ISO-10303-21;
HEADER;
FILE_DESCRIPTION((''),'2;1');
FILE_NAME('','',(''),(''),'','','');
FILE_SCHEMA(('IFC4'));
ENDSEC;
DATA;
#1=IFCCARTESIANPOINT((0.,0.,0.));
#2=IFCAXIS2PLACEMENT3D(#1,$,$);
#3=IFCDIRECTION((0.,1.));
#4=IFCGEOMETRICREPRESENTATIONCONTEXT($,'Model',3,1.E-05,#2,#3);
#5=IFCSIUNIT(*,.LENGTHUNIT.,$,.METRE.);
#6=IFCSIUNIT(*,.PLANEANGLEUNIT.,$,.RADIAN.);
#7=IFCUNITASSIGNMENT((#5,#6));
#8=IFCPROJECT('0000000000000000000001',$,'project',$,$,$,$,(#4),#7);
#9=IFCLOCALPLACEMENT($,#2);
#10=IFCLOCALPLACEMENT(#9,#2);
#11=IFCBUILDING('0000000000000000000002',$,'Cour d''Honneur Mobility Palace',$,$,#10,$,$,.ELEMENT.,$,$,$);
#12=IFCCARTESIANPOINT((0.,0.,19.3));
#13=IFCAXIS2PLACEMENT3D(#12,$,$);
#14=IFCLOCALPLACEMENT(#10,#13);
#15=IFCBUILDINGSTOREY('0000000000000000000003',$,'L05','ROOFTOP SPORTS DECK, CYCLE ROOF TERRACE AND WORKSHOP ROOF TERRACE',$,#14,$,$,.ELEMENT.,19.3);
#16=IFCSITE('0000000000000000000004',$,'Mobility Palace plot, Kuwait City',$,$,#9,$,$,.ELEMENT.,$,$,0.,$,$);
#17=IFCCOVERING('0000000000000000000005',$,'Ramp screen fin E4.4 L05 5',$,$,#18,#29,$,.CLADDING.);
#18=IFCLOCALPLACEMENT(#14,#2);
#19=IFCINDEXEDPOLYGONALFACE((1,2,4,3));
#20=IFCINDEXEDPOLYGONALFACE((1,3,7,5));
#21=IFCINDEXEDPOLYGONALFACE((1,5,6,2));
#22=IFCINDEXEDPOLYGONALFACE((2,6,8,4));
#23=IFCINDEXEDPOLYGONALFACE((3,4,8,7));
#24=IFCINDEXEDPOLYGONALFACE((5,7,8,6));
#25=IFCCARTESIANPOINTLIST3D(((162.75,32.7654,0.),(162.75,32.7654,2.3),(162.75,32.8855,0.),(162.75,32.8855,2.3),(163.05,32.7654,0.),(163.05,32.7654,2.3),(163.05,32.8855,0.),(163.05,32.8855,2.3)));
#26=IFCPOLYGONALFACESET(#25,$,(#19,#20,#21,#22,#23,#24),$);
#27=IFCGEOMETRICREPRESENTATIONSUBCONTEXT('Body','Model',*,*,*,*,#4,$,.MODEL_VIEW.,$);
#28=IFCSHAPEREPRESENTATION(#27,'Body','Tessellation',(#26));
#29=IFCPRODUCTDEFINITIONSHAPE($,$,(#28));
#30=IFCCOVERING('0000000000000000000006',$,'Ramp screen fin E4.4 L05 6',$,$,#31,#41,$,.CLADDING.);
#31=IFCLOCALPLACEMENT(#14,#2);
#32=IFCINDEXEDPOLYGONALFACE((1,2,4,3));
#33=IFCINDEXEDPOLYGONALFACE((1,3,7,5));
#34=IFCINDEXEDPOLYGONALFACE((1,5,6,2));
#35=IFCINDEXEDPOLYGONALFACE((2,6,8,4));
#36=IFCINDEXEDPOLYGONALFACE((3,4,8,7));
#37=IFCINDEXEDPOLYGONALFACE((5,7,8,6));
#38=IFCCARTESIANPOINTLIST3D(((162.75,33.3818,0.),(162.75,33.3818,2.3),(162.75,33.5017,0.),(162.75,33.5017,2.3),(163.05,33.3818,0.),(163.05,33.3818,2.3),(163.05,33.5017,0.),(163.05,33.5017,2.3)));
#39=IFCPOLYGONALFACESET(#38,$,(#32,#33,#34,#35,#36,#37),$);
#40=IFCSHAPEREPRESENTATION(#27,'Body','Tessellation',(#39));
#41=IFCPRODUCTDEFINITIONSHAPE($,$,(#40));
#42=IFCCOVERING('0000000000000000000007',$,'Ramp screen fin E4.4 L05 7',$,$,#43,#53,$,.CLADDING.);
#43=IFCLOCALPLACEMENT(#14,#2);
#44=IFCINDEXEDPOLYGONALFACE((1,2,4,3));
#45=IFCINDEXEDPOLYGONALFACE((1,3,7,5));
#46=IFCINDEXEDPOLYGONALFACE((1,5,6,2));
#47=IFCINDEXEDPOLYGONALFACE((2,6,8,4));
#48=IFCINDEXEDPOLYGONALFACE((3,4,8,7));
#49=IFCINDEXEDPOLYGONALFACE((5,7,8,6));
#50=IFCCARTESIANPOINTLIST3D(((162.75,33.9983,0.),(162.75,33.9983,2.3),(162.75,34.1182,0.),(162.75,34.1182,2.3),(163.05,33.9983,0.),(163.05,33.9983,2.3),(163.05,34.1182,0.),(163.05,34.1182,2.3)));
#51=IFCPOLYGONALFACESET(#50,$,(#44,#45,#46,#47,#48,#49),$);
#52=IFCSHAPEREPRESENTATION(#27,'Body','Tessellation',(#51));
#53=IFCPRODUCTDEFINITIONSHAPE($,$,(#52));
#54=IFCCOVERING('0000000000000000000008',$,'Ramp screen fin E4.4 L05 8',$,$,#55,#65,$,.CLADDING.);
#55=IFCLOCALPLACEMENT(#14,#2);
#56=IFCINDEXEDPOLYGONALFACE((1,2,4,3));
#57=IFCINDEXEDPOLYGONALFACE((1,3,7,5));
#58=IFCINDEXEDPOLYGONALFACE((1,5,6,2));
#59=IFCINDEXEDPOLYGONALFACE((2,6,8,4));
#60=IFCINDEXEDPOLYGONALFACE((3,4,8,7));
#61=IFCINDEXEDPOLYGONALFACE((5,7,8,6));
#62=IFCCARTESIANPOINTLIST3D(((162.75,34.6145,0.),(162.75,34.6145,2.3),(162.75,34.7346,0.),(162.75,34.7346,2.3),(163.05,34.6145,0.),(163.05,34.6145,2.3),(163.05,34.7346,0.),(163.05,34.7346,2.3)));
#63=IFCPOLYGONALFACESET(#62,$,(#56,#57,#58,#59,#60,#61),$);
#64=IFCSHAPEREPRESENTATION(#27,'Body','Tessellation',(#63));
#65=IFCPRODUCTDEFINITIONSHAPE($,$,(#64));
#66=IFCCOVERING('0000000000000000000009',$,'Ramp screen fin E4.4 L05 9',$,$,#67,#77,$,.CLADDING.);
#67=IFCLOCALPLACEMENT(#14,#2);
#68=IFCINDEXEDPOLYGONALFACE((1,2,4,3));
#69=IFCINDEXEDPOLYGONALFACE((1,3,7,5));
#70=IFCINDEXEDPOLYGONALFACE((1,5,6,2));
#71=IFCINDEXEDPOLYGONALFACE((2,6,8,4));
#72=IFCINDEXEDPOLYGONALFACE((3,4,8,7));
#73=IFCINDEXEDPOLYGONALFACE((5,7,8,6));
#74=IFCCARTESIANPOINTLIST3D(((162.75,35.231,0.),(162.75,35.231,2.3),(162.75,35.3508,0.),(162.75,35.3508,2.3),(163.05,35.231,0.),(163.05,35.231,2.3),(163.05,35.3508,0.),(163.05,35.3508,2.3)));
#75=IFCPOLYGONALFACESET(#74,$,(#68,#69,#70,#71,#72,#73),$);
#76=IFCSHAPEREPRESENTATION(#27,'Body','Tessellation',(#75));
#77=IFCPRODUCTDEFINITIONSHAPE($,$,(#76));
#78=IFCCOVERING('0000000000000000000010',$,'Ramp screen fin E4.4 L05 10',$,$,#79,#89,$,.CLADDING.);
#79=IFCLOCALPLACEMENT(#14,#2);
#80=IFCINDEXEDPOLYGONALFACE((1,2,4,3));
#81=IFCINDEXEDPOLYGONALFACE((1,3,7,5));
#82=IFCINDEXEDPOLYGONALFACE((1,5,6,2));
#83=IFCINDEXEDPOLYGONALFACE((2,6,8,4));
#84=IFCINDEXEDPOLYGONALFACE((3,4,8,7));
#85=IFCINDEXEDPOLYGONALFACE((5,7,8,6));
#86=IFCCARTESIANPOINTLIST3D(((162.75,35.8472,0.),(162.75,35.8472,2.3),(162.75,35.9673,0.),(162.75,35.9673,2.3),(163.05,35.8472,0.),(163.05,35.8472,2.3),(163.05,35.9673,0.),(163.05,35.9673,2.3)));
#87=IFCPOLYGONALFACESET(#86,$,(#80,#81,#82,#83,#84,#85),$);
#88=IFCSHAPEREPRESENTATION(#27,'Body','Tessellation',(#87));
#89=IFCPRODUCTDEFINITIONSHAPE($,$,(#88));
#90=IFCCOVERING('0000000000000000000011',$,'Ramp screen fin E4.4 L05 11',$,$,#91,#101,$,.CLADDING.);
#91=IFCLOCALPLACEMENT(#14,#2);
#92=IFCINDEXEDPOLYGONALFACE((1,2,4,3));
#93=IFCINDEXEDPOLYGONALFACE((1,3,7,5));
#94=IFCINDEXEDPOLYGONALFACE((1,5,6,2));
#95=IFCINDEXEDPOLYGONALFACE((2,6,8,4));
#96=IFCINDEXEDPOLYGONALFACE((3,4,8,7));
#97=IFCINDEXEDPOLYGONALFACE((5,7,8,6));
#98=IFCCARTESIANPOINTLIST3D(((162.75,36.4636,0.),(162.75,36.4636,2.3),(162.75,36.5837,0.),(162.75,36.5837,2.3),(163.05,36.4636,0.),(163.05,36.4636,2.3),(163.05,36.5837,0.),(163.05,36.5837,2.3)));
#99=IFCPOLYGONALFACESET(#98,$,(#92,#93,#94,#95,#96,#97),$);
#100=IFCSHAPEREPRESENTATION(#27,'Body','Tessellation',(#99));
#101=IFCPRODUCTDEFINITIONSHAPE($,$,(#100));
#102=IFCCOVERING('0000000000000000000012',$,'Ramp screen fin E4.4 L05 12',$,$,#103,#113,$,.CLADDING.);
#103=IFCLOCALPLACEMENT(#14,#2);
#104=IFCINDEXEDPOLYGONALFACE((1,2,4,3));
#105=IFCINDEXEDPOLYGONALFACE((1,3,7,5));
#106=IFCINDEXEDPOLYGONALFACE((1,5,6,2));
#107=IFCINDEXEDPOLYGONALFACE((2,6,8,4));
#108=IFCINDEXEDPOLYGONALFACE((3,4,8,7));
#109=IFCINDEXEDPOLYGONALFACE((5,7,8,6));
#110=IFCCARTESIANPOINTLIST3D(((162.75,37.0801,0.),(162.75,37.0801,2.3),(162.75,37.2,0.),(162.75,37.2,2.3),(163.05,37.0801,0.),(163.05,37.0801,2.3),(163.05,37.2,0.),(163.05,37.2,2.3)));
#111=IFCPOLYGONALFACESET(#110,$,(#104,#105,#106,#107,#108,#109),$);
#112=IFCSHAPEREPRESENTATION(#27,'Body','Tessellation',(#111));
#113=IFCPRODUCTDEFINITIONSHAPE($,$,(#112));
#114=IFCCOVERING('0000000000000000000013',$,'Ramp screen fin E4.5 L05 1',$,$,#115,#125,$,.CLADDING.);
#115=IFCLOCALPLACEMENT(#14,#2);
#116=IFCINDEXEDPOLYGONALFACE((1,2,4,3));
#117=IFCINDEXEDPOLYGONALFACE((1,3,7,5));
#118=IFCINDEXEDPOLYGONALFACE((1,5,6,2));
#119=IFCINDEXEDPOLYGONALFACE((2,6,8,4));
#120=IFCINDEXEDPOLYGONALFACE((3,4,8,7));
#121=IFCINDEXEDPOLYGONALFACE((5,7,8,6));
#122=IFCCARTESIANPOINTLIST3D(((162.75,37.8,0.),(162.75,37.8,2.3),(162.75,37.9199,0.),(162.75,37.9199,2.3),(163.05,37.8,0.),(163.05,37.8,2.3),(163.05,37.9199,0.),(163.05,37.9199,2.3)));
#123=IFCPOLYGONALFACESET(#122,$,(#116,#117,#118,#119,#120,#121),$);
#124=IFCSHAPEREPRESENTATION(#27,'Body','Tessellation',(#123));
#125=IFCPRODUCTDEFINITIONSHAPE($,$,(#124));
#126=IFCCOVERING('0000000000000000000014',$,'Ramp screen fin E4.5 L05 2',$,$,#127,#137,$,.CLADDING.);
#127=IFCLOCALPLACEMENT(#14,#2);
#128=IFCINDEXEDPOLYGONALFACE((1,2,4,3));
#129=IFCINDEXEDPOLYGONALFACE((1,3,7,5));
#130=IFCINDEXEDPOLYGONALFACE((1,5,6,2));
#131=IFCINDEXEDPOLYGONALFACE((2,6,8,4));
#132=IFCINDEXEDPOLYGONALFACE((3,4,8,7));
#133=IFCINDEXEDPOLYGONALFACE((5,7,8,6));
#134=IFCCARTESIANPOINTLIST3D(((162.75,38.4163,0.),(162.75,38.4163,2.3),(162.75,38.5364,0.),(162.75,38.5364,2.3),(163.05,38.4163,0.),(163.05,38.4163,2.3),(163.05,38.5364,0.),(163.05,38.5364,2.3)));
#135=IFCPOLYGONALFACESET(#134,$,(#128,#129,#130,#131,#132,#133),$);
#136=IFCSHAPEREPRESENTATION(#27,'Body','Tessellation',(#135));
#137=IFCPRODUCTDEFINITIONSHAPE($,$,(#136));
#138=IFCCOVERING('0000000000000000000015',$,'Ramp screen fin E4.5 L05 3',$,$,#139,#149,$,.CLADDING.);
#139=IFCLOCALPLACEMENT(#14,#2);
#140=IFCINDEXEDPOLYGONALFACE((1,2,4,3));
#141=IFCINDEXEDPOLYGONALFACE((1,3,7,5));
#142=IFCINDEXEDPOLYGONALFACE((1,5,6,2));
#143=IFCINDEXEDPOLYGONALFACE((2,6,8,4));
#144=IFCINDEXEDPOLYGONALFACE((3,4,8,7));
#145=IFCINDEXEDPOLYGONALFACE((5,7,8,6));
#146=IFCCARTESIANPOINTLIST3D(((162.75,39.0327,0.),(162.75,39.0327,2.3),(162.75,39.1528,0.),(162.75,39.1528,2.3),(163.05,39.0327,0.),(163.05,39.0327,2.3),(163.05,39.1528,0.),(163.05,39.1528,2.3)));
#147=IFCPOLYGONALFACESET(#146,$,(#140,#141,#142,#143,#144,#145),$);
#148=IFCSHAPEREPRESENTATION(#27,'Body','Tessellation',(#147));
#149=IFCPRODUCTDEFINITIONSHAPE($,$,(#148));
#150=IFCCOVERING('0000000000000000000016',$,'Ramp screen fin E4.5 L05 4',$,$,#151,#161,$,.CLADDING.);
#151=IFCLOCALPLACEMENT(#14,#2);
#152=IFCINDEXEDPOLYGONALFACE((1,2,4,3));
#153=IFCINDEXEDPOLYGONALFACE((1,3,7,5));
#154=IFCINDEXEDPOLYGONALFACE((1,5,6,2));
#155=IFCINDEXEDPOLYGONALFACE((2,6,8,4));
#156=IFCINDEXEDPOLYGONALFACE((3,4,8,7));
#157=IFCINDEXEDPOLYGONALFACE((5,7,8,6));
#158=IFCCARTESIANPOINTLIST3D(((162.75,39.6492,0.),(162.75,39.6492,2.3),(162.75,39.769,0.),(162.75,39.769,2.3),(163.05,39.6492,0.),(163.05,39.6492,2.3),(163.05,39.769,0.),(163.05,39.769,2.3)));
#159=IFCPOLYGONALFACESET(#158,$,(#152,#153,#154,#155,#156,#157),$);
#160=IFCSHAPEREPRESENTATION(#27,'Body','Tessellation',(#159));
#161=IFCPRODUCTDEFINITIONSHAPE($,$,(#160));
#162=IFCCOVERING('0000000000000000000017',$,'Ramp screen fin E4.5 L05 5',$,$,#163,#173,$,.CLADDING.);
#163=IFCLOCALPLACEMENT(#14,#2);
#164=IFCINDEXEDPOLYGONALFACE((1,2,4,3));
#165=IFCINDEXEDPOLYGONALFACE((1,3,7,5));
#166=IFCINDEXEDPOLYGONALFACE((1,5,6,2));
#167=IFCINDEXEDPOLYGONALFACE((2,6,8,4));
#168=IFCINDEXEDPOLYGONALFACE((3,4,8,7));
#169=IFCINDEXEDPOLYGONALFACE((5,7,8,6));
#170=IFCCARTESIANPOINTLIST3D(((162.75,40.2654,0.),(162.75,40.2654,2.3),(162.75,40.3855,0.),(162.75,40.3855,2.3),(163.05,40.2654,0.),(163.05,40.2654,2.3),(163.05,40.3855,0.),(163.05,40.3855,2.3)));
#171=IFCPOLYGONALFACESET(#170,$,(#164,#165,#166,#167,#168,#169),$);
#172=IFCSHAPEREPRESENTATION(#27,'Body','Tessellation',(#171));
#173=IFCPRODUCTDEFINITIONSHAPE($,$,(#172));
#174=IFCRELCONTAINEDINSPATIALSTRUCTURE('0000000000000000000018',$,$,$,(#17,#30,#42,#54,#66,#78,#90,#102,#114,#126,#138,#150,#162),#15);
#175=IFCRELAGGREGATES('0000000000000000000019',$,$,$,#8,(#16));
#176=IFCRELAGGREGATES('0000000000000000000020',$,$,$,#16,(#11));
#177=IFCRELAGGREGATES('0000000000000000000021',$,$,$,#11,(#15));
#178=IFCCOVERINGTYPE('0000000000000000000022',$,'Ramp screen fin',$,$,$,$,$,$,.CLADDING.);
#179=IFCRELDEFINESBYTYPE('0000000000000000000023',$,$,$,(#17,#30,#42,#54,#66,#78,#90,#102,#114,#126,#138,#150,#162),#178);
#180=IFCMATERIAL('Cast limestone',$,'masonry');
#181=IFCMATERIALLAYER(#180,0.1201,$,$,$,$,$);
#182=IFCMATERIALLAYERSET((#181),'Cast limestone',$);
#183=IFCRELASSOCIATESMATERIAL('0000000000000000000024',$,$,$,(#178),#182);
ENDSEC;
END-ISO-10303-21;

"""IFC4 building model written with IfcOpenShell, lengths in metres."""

from ifc_helpers import new_model, si_unit, direction, frame, origin, place, context, subcontext, project, spatial, polyline, outline, extrude, material, layer, layer_set, type_object, element, save


model = new_model("IFC4")

# Units and contexts
model_context = context("Model", 3, precision=1e-05, world=origin(), true_north=direction((0.0, 1.0)))
body_context = subcontext(model_context, "Body", "Model", "MODEL_VIEW")
ifc_project = project(units=[si_unit("LENGTHUNIT", "METRE"), si_unit("PLANEANGLEUNIT", "RADIAN")], contexts=[model_context])

# Site, building, storey
site_placement = place(None, origin())
site = spatial("IfcSite", under=ifc_project, at=site_placement, Name="Mobility Palace plot, Kuwait City", CompositionType="ELEMENT", RefElevation=0.0)
building_placement = place(site_placement, origin())
building = spatial("IfcBuilding", under=site, at=building_placement, Name="Cour d'Honneur Mobility Palace", CompositionType="ELEMENT")
storey_placement = place(building_placement, frame((0.0, 0.0, 19.3)))
storey = spatial("IfcBuildingStorey", under=building, at=storey_placement, Name="L05", Description="ROOFTOP SPORTS DECK, CYCLE ROOF TERRACE AND WORKSHOP ROOF TERRACE", CompositionType="ELEMENT", Elevation=19.3)

# Coverings
ifc_material_1 = material(Name="Cast limestone", Category="masonry")
ifc_layer_1 = layer(ifc_material_1, 0.1201)
ifc_layer_set_1 = layer_set([ifc_layer_1], Name="Cast limestone")
covering_type = type_object("IfcCoveringType", Name="Ramp screen fin", PredefinedType="CLADDING", material=ifc_layer_set_1)
covering_1_placement = place(storey_placement, origin())
element("IfcCovering", 1, at=covering_1_placement, inside=storey, type_object=covering_type, Name="Ramp screen fin E4.4 L05 5", PredefinedType="CLADDING", context=body_context, shape_type="SweptSolid", body=[
    extrude(outline(polyline([(162.75, 32.7654), (162.75, 32.8855), (163.05, 32.8855), (163.05, 32.7654), (162.75, 32.7654)])), origin(), (0.0, 0.0, 1.0), 2.3),
])
covering_2_placement = place(storey_placement, origin())
element("IfcCovering", 2, at=covering_2_placement, inside=storey, type_object=covering_type, Name="Ramp screen fin E4.4 L05 6", PredefinedType="CLADDING", context=body_context, shape_type="SweptSolid", body=[
    extrude(outline(polyline([(162.75, 33.3818), (162.75, 33.5017), (163.05, 33.5017), (163.05, 33.3818), (162.75, 33.3818)])), origin(), (0.0, 0.0, 1.0), 2.3),
])
covering_3_placement = place(storey_placement, origin())
element("IfcCovering", 3, at=covering_3_placement, inside=storey, type_object=covering_type, Name="Ramp screen fin E4.4 L05 7", PredefinedType="CLADDING", context=body_context, shape_type="SweptSolid", body=[
    extrude(outline(polyline([(162.75, 33.9983), (162.75, 34.1182), (163.05, 34.1182), (163.05, 33.9983), (162.75, 33.9983)])), origin(), (0.0, 0.0, 1.0), 2.3),
])
covering_4_placement = place(storey_placement, origin())
element("IfcCovering", 4, at=covering_4_placement, inside=storey, type_object=covering_type, Name="Ramp screen fin E4.4 L05 8", PredefinedType="CLADDING", context=body_context, shape_type="SweptSolid", body=[
    extrude(outline(polyline([(162.75, 34.6145), (162.75, 34.7346), (163.05, 34.7346), (163.05, 34.6145), (162.75, 34.6145)])), origin(), (0.0, 0.0, 1.0), 2.3),
])
covering_5_placement = place(storey_placement, origin())
element("IfcCovering", 5, at=covering_5_placement, inside=storey, type_object=covering_type, Name="Ramp screen fin E4.4 L05 9", PredefinedType="CLADDING", context=body_context, shape_type="SweptSolid", body=[
    extrude(outline(polyline([(162.75, 35.231), (162.75, 35.3508), (163.05, 35.3508), (163.05, 35.231), (162.75, 35.231)])), origin(), (0.0, 0.0, 1.0), 2.3),
])
covering_6_placement = place(storey_placement, origin())
element("IfcCovering", 6, at=covering_6_placement, inside=storey, type_object=covering_type, Name="Ramp screen fin E4.4 L05 10", PredefinedType="CLADDING", context=body_context, shape_type="SweptSolid", body=[
    extrude(outline(polyline([(162.75, 35.8472), (162.75, 35.9673), (163.05, 35.9673), (163.05, 35.8472), (162.75, 35.8472)])), origin(), (0.0, 0.0, 1.0), 2.3),
])
covering_7_placement = place(storey_placement, origin())
element("IfcCovering", 7, at=covering_7_placement, inside=storey, type_object=covering_type, Name="Ramp screen fin E4.4 L05 11", PredefinedType="CLADDING", context=body_context, shape_type="SweptSolid", body=[
    extrude(outline(polyline([(162.75, 36.4636), (162.75, 36.5837), (163.05, 36.5837), (163.05, 36.4636), (162.75, 36.4636)])), origin(), (0.0, 0.0, 1.0), 2.3),
])
covering_8_placement = place(storey_placement, origin())
element("IfcCovering", 8, at=covering_8_placement, inside=storey, type_object=covering_type, Name="Ramp screen fin E4.4 L05 12", PredefinedType="CLADDING", context=body_context, shape_type="SweptSolid", body=[
    extrude(outline(polyline([(162.75, 37.0801), (162.75, 37.2), (163.05, 37.2), (163.05, 37.0801), (162.75, 37.0801)])), origin(), (0.0, 0.0, 1.0), 2.3),
])
covering_9_placement = place(storey_placement, origin())
element("IfcCovering", 9, at=covering_9_placement, inside=storey, type_object=covering_type, Name="Ramp screen fin E4.5 L05 1", PredefinedType="CLADDING", context=body_context, shape_type="SweptSolid", body=[
    extrude(outline(polyline([(162.75, 37.8), (162.75, 37.9199), (163.05, 37.9199), (163.05, 37.8), (162.75, 37.8)])), origin(), (0.0, 0.0, 1.0), 2.3),
])
covering_10_placement = place(storey_placement, origin())
element("IfcCovering", 10, at=covering_10_placement, inside=storey, type_object=covering_type, Name="Ramp screen fin E4.5 L05 2", PredefinedType="CLADDING", context=body_context, shape_type="SweptSolid", body=[
    extrude(outline(polyline([(162.75, 38.4163), (162.75, 38.5364), (163.05, 38.5364), (163.05, 38.4163), (162.75, 38.4163)])), origin(), (0.0, 0.0, 1.0), 2.3),
])
covering_11_placement = place(storey_placement, origin())
element("IfcCovering", 11, at=covering_11_placement, inside=storey, type_object=covering_type, Name="Ramp screen fin E4.5 L05 3", PredefinedType="CLADDING", context=body_context, shape_type="SweptSolid", body=[
    extrude(outline(polyline([(162.75, 39.0327), (162.75, 39.1528), (163.05, 39.1528), (163.05, 39.0327), (162.75, 39.0327)])), origin(), (0.0, 0.0, 1.0), 2.3),
])
covering_12_placement = place(storey_placement, origin())
element("IfcCovering", 12, at=covering_12_placement, inside=storey, type_object=covering_type, Name="Ramp screen fin E4.5 L05 4", PredefinedType="CLADDING", context=body_context, shape_type="SweptSolid", body=[
    extrude(outline(polyline([(162.75, 39.6492), (162.75, 39.769), (163.05, 39.769), (163.05, 39.6492), (162.75, 39.6492)])), origin(), (0.0, 0.0, 1.0), 2.3),
])
covering_13_placement = place(storey_placement, origin())
element("IfcCovering", 13, at=covering_13_placement, inside=storey, type_object=covering_type, Name="Ramp screen fin E4.5 L05 5", PredefinedType="CLADDING", context=body_context, shape_type="SweptSolid", body=[
    extrude(outline(polyline([(162.75, 40.2654), (162.75, 40.3855), (163.05, 40.3855), (163.05, 40.2654), (162.75, 40.2654)])), origin(), (0.0, 0.0, 1.0), 2.3),
])

save(model, "model.ifc")
